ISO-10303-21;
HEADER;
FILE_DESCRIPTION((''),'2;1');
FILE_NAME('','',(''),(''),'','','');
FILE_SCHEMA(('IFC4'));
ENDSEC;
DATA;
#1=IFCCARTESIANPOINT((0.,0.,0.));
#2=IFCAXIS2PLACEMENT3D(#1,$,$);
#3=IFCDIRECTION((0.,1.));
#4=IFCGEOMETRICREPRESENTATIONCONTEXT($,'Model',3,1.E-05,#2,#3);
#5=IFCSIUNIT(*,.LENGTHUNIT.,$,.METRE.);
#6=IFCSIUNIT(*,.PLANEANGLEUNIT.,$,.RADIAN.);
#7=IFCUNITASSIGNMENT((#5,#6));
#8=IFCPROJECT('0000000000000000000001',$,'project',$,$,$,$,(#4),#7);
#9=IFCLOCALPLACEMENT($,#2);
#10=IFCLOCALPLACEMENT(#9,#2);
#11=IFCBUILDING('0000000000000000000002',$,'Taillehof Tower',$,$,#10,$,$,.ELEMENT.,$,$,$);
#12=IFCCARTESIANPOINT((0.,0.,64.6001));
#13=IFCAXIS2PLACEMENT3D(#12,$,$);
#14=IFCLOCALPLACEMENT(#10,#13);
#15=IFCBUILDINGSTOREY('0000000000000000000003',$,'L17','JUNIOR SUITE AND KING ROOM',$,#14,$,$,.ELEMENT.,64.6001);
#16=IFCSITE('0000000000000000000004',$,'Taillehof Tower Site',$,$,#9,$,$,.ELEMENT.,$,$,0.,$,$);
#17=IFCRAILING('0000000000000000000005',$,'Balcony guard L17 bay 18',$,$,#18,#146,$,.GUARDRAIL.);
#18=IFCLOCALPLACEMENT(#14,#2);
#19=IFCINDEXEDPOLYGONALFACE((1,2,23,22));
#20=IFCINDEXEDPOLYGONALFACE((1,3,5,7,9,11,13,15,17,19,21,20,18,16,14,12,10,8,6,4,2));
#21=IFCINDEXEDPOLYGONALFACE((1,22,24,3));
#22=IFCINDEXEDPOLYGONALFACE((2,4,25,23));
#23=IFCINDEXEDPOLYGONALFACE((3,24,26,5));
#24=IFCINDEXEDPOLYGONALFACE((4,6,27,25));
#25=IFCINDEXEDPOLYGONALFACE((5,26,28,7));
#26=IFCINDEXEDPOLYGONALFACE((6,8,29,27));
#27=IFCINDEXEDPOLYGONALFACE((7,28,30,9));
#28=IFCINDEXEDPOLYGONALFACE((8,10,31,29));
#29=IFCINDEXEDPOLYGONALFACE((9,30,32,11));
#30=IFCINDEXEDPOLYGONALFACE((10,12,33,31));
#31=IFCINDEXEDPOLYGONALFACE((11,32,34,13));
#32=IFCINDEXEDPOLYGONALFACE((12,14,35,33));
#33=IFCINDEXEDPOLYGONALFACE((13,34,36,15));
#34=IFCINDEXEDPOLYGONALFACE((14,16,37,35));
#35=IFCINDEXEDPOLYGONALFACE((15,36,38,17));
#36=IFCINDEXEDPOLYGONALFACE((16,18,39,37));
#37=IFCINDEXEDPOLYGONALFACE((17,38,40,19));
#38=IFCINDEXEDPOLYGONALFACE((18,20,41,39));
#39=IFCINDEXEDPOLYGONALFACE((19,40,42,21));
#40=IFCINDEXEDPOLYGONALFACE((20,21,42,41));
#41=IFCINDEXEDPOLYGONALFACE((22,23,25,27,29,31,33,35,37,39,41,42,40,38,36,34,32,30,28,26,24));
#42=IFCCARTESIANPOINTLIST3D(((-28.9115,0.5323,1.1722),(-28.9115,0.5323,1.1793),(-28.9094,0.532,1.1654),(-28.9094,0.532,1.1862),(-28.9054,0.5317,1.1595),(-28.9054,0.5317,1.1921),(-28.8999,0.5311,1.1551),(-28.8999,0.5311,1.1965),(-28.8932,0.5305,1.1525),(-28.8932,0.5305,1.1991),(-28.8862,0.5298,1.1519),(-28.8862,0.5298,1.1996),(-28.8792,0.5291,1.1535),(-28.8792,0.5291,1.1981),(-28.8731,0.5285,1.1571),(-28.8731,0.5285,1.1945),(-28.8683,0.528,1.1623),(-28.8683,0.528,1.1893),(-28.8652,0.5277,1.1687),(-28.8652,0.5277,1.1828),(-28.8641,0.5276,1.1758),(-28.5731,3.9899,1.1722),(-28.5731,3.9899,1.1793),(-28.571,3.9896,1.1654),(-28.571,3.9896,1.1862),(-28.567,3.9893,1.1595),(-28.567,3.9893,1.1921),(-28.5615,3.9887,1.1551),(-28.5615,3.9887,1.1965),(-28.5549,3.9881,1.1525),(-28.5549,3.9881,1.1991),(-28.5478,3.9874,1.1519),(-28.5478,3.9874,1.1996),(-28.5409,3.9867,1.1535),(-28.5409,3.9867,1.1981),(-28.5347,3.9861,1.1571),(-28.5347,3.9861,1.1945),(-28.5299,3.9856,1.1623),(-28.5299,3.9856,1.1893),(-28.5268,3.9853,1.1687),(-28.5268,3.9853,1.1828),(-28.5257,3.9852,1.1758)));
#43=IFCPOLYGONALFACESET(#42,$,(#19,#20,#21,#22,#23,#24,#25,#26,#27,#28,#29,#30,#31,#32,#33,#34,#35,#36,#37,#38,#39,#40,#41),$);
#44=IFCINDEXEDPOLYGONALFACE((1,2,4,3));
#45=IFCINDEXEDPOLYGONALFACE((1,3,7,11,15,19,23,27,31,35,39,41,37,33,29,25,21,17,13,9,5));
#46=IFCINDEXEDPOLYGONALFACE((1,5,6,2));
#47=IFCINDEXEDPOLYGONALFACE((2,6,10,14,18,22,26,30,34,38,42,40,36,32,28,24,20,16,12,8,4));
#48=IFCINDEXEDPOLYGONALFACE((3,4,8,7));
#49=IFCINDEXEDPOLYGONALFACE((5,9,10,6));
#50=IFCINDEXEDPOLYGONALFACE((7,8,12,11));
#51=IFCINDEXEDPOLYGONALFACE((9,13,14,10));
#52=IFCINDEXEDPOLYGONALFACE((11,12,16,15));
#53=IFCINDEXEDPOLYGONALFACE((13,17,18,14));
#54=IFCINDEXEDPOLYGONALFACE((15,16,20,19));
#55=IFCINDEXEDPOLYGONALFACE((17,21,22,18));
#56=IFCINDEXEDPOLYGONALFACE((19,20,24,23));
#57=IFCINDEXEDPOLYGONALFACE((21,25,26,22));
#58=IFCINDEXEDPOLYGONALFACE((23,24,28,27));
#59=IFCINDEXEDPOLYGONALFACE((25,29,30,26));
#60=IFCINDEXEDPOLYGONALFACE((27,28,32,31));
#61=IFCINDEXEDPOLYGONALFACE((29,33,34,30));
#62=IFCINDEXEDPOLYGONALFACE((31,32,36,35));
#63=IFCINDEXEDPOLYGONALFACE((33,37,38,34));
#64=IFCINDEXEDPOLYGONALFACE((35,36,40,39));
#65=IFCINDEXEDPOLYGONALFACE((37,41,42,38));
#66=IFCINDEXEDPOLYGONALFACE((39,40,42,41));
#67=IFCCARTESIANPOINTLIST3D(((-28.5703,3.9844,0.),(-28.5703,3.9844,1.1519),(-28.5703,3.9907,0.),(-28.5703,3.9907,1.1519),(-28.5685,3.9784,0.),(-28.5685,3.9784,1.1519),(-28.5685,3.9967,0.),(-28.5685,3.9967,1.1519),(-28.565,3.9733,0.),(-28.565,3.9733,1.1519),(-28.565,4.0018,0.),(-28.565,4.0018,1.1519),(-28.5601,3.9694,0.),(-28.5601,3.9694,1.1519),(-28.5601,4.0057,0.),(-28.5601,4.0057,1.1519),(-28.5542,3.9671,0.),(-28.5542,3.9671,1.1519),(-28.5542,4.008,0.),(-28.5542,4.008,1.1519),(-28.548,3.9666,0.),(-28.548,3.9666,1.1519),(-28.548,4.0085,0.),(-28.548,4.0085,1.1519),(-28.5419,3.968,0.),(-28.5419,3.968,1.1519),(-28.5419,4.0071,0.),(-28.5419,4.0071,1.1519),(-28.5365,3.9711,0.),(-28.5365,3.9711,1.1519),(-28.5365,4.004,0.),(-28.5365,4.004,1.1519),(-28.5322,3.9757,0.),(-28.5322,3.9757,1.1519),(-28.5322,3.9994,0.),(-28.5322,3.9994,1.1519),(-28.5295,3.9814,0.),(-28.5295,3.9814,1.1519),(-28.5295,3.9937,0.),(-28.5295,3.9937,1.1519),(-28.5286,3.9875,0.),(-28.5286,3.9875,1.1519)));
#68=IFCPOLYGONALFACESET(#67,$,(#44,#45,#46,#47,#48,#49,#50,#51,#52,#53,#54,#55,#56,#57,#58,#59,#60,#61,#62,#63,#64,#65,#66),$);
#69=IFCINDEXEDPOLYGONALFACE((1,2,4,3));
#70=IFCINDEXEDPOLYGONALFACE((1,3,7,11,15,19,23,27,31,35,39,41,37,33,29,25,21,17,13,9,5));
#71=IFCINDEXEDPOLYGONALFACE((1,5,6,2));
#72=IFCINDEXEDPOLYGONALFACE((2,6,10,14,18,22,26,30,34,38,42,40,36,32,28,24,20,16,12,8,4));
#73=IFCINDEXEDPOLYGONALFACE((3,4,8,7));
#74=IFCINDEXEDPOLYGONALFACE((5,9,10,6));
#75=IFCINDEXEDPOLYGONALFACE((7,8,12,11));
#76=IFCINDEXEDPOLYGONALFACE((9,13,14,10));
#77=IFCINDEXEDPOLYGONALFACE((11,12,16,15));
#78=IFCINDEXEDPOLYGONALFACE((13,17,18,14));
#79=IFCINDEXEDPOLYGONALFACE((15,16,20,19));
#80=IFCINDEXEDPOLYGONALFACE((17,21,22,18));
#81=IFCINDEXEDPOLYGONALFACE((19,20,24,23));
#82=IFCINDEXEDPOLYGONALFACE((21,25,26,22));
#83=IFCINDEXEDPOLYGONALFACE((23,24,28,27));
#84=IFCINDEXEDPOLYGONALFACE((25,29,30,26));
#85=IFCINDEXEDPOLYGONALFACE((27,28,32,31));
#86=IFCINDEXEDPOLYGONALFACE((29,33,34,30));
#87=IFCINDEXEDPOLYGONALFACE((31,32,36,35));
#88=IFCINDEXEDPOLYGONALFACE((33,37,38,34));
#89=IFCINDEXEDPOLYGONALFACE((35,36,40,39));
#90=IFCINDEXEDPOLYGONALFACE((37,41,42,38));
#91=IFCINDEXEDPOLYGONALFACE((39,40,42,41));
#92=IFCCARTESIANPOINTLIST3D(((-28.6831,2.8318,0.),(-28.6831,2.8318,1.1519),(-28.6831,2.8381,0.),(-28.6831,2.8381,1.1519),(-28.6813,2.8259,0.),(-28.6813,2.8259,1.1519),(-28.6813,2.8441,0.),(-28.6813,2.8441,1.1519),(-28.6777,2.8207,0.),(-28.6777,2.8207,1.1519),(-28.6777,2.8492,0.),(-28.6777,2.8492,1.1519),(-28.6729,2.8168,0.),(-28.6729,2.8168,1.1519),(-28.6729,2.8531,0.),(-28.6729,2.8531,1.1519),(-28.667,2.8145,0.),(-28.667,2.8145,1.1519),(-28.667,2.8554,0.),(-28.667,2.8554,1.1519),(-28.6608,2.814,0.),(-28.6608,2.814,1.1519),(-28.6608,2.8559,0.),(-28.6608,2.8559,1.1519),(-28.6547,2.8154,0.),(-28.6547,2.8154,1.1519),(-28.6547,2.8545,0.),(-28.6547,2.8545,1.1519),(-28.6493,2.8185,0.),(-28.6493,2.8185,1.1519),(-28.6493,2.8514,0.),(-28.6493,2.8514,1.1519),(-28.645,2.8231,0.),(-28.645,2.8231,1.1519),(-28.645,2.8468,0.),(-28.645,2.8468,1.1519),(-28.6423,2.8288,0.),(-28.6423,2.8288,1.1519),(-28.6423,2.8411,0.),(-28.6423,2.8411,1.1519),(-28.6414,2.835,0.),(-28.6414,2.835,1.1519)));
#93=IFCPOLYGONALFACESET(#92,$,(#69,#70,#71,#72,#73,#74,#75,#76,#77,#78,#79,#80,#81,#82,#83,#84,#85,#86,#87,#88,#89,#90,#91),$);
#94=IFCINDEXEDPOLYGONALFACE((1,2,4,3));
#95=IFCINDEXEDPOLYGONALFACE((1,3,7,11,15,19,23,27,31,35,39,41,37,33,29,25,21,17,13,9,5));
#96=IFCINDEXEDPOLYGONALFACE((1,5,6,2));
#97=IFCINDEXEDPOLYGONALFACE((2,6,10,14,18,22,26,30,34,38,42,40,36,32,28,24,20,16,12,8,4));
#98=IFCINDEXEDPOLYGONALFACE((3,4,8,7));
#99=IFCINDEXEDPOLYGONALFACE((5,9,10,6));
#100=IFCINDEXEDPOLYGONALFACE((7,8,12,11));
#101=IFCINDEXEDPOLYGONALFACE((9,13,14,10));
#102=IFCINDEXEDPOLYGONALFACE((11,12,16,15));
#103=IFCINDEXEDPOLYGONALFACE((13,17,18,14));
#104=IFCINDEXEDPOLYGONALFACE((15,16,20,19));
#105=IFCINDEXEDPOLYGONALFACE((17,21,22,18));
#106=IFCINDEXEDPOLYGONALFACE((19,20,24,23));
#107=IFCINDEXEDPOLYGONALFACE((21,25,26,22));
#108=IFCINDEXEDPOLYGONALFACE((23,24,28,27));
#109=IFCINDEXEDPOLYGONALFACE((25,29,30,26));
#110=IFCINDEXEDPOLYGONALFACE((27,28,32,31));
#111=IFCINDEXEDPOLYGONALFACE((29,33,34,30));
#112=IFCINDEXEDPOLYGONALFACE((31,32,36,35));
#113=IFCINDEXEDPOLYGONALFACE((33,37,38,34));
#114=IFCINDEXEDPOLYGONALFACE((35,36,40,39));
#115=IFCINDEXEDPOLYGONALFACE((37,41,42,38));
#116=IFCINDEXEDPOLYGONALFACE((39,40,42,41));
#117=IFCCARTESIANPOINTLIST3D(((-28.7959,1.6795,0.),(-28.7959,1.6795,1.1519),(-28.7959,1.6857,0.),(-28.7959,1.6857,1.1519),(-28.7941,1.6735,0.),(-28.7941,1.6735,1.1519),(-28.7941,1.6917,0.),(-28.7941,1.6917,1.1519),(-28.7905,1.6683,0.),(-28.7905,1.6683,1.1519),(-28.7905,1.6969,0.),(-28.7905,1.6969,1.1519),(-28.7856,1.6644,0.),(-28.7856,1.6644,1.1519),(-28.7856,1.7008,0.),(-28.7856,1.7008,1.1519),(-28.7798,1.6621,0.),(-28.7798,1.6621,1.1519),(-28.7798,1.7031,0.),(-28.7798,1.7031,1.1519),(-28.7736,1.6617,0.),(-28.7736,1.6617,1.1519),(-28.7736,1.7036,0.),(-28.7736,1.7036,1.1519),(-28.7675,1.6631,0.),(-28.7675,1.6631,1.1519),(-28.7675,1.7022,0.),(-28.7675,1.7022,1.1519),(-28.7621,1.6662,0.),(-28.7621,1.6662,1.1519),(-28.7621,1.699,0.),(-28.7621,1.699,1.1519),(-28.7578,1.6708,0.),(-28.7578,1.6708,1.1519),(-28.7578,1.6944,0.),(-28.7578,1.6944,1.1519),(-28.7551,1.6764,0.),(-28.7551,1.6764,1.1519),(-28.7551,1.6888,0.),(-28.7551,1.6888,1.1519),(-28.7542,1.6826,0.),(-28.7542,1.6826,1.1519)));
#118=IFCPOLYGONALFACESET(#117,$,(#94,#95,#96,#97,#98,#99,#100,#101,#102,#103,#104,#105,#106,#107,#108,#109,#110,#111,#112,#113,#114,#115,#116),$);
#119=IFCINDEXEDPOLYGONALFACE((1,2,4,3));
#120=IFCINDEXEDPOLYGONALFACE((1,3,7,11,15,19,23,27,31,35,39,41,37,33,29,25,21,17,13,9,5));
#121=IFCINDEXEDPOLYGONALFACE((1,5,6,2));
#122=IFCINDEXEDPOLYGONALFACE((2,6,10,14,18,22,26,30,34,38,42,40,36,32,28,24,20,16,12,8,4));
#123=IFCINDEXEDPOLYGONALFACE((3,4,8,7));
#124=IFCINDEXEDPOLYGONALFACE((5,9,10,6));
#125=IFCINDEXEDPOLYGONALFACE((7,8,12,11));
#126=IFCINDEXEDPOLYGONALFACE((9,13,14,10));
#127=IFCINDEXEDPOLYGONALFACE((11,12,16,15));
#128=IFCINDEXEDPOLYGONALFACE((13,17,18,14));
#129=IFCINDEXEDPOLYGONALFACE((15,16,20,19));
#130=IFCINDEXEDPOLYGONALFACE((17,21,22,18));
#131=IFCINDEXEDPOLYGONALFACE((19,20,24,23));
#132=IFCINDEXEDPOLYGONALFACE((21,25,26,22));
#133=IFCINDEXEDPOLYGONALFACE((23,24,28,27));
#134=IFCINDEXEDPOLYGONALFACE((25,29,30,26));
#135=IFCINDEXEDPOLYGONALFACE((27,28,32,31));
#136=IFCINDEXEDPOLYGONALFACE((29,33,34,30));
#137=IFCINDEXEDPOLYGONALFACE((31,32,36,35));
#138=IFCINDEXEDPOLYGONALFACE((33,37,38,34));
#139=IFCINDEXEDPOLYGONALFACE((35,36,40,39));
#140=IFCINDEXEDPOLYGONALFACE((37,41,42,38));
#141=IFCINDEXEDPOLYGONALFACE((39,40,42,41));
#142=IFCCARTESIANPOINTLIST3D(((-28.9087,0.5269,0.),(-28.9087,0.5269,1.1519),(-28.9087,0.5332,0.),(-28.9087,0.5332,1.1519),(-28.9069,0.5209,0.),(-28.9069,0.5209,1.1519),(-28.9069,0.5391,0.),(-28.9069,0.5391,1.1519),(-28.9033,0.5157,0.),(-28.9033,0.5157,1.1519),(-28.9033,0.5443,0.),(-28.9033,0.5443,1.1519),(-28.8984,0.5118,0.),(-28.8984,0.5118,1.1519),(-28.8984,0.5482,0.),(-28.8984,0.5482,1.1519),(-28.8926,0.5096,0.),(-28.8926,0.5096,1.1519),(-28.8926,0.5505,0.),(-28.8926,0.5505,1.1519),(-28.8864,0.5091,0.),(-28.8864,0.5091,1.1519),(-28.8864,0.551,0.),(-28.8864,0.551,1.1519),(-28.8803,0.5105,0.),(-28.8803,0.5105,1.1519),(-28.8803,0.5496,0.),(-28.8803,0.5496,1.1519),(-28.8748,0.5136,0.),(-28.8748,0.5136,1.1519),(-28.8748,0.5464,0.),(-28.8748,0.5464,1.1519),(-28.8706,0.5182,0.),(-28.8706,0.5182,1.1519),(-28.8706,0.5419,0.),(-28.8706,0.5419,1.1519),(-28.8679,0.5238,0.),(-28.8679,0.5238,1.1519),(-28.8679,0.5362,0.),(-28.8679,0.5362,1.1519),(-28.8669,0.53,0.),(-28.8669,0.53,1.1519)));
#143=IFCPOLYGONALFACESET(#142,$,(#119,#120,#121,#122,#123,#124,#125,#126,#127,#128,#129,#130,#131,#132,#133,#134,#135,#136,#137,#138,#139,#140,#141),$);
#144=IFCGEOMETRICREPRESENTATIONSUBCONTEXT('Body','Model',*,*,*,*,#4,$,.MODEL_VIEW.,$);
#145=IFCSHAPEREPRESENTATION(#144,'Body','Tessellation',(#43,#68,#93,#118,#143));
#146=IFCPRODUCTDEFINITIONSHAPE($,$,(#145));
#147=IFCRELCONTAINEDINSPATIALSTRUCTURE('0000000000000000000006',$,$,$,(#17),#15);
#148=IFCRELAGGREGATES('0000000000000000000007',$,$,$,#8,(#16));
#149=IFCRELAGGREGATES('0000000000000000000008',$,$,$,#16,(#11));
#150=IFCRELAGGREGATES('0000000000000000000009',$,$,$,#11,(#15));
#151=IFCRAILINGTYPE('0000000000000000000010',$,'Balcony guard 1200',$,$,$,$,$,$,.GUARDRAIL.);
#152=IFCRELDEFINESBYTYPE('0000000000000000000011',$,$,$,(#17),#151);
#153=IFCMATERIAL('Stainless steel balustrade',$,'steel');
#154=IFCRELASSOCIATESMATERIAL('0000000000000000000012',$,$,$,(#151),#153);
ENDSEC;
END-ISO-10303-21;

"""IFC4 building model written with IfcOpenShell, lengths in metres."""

from ifc_helpers import new_model, si_unit, direction, frame, origin, origin_2d, place, context, subcontext, project, spatial, circle, extrude, material, type_object, element, save


model = new_model("IFC4")

# Units and contexts
model_context = context("Model", 3, precision=1e-05, world=origin(), true_north=direction((0.0, 1.0)))
body_context = subcontext(model_context, "Body", "Model", "MODEL_VIEW")
ifc_project = project(units=[si_unit("LENGTHUNIT", "METRE"), si_unit("PLANEANGLEUNIT", "RADIAN")], contexts=[model_context])

# Site, building, storey
site_placement = place(None, origin())
site = spatial("IfcSite", under=ifc_project, at=site_placement, Name="Taillehof Tower Site", CompositionType="ELEMENT", RefElevation=0.0)
building_placement = place(site_placement, origin())
building = spatial("IfcBuilding", under=site, at=building_placement, Name="Taillehof Tower", CompositionType="ELEMENT")
storey_placement = place(building_placement, frame((0.0, 0.0, 64.6001)))
storey = spatial("IfcBuildingStorey", under=building, at=storey_placement, Name="L17", Description="JUNIOR SUITE AND KING ROOM", CompositionType="ELEMENT", Elevation=64.6001)

# Railing
ifc_material_1 = material(Name="Stainless steel balustrade", Category="steel")
railing_type = type_object("IfcRailingType", Name="Balcony guard 1200", PredefinedType="GUARDRAIL", material=ifc_material_1)
railing_placement = place(storey_placement, frame((-28.5496, 3.9875, 0.0)))
element("IfcRailing", 1, at=railing_placement, inside=storey, type_object=railing_type, Name="Balcony guard L17 bay 18", PredefinedType="GUARDRAIL", context=body_context, shape_type="SweptSolid", body=[
    extrude(circle(Radius=0.0239, at=origin_2d()), frame((0.0, 0.0, 1.1758), z_axis=(-0.097402, -0.995245, 0.0), x_axis=(0.995245, -0.097402, 0.0)), (0.0, 0.0, 1.0), 3.4741),
    extrude(circle(Radius=0.021, at=origin_2d()), origin(), (0.0, 0.0, 1.0), 1.1519),
    extrude(circle(Radius=0.021, at=origin_2d()), frame((-0.1128, -1.1526, 0.0)), (0.0, 0.0, 1.0), 1.1519),
    extrude(circle(Radius=0.021, at=origin_2d()), frame((-0.2256, -2.3049, 0.0)), (0.0, 0.0, 1.0), 1.1519),
    extrude(circle(Radius=0.021, at=origin_2d()), frame((-0.3384, -3.4575, 0.0)), (0.0, 0.0, 1.0), 1.1519),
])

save(model, "model.ifc")
